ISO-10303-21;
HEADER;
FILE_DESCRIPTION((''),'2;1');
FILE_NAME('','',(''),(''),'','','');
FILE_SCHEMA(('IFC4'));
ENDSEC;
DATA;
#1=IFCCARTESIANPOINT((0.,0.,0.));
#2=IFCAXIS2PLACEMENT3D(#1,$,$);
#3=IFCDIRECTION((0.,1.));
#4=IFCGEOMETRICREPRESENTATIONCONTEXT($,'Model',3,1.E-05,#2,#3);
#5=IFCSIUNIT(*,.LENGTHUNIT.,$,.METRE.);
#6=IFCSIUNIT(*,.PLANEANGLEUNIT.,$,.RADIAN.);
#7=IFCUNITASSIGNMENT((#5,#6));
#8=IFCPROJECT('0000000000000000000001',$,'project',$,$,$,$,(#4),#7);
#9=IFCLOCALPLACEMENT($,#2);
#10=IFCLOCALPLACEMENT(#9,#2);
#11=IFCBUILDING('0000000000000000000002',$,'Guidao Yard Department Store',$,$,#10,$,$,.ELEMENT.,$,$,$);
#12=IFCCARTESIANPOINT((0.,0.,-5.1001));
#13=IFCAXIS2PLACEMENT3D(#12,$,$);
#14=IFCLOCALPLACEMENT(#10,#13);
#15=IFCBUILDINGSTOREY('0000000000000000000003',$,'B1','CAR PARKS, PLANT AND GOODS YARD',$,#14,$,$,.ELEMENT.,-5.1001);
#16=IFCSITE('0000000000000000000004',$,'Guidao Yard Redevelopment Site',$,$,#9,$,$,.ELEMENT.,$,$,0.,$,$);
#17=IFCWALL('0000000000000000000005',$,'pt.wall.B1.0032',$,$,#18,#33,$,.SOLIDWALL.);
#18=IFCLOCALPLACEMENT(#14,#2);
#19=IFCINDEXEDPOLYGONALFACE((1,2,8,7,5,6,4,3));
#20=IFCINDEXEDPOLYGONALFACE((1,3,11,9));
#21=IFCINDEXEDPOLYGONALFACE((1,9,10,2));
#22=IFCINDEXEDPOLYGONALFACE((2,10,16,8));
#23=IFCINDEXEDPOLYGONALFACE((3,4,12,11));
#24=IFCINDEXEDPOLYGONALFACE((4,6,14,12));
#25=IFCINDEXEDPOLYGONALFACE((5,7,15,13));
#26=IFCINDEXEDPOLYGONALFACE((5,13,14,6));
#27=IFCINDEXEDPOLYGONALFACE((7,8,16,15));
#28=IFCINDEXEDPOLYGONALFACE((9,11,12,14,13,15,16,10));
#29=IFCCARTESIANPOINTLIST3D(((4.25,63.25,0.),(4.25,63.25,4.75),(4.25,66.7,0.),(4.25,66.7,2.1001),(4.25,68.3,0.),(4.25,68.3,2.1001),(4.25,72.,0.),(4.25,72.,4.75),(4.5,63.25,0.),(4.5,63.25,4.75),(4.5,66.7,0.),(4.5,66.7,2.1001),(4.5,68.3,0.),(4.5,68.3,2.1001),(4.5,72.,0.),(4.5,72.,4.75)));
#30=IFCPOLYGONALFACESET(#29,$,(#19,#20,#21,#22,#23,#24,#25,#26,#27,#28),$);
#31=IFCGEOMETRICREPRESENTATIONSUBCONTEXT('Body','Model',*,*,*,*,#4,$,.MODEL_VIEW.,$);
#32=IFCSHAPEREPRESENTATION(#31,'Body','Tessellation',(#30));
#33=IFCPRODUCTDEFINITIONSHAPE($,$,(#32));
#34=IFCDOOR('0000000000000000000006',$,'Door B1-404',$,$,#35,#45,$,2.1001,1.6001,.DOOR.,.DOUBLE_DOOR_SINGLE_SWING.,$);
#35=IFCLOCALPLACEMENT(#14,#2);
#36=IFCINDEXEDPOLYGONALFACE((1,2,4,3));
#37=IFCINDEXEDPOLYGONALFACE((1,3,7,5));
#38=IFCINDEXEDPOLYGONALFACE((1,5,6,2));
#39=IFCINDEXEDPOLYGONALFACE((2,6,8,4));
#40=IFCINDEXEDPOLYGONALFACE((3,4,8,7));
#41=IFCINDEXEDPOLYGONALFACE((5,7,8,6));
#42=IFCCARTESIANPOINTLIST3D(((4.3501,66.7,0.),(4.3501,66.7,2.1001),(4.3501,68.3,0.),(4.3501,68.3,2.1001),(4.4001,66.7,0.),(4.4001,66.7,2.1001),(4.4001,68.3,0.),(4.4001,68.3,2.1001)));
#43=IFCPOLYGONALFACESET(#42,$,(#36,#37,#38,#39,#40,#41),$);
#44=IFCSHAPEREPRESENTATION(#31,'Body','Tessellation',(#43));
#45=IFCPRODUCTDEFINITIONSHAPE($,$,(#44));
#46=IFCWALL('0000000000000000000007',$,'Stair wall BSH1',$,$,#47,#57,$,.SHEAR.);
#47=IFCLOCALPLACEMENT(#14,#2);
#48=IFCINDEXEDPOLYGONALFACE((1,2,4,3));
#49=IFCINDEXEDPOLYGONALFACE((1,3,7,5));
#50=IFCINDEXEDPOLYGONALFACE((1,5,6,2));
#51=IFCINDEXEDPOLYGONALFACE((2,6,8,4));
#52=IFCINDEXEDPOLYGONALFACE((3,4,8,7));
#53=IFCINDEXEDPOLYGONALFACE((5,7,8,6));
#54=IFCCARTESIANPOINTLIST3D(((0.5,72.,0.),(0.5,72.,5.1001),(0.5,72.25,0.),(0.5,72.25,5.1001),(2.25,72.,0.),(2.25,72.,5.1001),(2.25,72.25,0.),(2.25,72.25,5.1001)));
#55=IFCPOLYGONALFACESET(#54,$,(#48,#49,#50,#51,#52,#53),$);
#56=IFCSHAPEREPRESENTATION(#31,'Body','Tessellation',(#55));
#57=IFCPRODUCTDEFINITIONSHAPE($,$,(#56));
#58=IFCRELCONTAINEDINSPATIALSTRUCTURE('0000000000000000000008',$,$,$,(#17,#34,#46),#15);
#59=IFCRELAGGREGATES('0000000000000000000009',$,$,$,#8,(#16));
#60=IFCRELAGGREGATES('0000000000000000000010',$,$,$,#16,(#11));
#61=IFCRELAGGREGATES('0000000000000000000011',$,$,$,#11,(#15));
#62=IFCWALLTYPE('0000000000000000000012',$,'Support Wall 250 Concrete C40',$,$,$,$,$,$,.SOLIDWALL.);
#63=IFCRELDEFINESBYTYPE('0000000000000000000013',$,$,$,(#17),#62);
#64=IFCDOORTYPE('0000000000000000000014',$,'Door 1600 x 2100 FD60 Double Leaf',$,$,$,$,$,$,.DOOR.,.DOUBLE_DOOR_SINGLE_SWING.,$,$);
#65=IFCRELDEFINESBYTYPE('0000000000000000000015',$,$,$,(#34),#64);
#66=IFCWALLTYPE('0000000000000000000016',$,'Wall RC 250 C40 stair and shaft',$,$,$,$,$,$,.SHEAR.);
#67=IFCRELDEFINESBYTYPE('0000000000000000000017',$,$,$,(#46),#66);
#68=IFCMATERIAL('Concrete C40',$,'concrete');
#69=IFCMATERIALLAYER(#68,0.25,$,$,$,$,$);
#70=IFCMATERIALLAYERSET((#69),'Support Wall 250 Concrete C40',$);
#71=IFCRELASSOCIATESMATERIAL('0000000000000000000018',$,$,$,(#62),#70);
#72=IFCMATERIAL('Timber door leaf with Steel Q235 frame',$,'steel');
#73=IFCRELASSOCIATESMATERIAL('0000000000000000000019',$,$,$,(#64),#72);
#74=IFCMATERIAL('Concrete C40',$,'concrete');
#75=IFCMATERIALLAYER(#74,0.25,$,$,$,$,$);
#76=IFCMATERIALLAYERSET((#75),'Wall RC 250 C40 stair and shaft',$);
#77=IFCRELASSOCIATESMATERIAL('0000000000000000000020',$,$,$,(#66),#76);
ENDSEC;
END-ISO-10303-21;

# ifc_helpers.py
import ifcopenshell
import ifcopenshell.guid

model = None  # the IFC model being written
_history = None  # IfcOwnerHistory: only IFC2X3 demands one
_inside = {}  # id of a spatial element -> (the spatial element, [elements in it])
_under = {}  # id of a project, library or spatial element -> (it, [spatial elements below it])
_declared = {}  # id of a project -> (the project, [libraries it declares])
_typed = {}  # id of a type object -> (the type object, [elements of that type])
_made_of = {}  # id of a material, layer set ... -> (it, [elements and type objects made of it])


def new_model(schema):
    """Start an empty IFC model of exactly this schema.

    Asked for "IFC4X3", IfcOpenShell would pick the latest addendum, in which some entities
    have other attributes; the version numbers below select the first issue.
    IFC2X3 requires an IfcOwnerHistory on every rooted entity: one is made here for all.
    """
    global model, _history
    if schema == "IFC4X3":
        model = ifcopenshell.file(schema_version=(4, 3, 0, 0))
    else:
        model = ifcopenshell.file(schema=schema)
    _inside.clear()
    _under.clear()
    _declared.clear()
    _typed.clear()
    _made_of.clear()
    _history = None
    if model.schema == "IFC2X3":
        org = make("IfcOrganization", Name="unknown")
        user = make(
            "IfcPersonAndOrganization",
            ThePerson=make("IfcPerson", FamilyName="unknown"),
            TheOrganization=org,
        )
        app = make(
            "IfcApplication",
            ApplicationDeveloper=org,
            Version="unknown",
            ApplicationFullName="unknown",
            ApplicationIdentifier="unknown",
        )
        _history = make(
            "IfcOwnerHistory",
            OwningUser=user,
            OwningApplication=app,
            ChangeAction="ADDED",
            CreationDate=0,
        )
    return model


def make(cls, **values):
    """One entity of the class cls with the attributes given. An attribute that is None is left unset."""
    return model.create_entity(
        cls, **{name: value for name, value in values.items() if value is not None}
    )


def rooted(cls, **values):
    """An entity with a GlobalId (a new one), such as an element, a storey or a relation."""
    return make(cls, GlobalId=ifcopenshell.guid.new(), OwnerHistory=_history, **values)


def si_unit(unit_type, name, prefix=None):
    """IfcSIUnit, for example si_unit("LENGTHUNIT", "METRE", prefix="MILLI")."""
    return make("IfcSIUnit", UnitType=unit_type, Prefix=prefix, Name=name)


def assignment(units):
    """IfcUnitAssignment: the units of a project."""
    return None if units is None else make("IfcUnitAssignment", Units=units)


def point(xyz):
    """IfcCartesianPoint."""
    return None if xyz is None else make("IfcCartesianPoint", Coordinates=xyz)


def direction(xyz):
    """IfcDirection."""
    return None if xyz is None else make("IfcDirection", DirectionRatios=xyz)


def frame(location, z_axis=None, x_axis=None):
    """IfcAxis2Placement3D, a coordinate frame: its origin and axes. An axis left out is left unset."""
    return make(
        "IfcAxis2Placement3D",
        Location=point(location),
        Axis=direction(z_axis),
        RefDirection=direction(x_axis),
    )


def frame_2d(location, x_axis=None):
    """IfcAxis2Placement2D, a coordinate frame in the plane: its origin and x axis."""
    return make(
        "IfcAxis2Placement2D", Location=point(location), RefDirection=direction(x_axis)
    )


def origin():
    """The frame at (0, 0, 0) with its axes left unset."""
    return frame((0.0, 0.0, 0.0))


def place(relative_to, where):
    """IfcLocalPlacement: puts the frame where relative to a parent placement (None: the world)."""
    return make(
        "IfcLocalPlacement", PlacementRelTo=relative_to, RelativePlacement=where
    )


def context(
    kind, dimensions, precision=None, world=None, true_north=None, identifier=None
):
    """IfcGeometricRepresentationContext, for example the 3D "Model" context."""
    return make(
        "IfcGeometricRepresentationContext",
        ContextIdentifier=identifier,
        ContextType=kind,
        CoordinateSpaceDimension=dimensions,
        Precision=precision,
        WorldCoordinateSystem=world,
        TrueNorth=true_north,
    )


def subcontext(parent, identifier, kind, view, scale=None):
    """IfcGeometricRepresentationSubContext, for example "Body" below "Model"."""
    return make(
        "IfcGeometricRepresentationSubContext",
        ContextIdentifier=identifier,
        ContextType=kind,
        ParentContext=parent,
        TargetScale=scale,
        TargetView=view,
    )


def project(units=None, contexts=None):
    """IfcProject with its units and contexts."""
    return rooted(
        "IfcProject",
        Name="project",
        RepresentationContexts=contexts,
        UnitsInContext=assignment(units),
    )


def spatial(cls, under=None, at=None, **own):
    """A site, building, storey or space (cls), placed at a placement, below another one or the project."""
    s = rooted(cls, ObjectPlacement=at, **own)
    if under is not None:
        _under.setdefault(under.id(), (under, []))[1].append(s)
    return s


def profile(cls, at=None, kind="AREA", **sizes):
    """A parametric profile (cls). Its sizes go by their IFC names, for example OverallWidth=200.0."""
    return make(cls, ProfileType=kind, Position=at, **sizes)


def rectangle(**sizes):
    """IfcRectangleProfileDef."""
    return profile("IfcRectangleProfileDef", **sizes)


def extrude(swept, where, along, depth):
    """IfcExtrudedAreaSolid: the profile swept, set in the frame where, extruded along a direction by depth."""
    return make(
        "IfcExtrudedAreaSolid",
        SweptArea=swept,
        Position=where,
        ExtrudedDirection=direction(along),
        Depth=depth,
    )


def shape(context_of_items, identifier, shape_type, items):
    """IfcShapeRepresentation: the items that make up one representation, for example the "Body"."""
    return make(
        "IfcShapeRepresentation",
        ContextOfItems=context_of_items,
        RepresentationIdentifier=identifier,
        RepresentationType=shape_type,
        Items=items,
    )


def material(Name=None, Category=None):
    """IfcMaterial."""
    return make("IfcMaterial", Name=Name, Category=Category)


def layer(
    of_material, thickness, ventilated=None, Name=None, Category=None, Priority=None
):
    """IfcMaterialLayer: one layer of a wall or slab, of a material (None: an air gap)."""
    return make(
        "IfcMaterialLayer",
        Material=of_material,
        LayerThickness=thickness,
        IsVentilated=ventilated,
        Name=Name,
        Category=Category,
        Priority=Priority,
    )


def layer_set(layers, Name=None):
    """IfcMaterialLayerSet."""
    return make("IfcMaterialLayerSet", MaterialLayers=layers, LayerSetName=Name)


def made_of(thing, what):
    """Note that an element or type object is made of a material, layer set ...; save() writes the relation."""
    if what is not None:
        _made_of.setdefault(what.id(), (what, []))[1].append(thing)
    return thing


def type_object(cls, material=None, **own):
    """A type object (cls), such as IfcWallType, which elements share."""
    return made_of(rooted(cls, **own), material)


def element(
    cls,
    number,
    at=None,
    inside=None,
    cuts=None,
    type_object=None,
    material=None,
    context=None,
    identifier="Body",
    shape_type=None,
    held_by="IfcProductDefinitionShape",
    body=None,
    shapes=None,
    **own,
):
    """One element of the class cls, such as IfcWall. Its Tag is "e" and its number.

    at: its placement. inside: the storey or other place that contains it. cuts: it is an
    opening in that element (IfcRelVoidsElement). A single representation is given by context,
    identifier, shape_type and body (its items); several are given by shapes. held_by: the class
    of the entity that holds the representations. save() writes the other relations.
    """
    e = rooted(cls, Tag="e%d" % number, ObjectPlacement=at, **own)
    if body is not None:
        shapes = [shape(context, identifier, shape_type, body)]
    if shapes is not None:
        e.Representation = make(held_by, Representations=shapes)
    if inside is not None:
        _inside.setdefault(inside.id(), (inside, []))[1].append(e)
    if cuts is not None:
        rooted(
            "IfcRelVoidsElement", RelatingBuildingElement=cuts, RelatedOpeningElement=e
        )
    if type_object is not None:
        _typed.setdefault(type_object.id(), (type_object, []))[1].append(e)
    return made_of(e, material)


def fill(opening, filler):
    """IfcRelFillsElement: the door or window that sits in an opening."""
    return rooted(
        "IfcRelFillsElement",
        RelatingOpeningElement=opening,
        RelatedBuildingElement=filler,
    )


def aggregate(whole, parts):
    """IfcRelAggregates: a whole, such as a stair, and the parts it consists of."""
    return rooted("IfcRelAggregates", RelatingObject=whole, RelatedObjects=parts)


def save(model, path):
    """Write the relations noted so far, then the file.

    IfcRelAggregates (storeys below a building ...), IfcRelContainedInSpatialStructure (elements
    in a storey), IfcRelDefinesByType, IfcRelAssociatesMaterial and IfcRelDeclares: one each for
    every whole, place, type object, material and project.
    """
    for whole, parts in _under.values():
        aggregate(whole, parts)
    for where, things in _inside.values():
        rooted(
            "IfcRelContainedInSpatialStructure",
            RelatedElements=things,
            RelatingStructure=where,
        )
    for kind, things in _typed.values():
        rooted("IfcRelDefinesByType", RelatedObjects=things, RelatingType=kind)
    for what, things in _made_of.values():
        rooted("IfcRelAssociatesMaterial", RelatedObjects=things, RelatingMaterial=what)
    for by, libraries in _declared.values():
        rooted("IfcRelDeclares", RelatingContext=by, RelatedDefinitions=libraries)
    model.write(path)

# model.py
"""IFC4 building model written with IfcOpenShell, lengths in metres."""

from ifc_helpers import new_model, si_unit, direction, frame, frame_2d, origin, place, context, subcontext, project, spatial, rectangle, extrude, material, layer, layer_set, type_object, element, fill, save


model = new_model("IFC4")

# Units and contexts
model_context = context("Model", 3, precision=1e-05, world=origin(), true_north=direction((0.0, 1.0)))
body_context = subcontext(model_context, "Body", "Model", "MODEL_VIEW")
ifc_project = project(units=[si_unit("LENGTHUNIT", "METRE"), si_unit("PLANEANGLEUNIT", "RADIAN")], contexts=[model_context])

# Site, building, storey
site_placement = place(None, origin())
site = spatial("IfcSite", under=ifc_project, at=site_placement, Name="Guidao Yard Redevelopment Site", CompositionType="ELEMENT", RefElevation=0.0)
building_placement = place(site_placement, origin())
building = spatial("IfcBuilding", under=site, at=building_placement, Name="Guidao Yard Department Store", CompositionType="ELEMENT")
storey_placement = place(building_placement, frame((0.0, 0.0, -5.1001)))
storey = spatial("IfcBuildingStorey", under=building, at=storey_placement, Name="B1", Description="CAR PARKS, PLANT AND GOODS YARD", CompositionType="ELEMENT", Elevation=-5.1001)

# Shared definitions
ifc_material_1 = material(Name="Concrete C40", Category="concrete")
ifc_layer_1 = layer(ifc_material_1, 0.25)
ifc_layer_set_1 = layer_set([ifc_layer_1], Name="Support Wall 250 Concrete C40")
wall_type_1 = type_object("IfcWallType", Name="Support Wall 250 Concrete C40", PredefinedType="SOLIDWALL", material=ifc_layer_set_1)

# Wall, opening, door
wall_1_placement = place(storey_placement, frame((4.375, 63.25, 0.0), z_axis=(0.0, 0.0, 1.0), x_axis=(0.0, 1.0, 0.0)))
wall_1 = element("IfcWall", 1, at=wall_1_placement, inside=storey, type_object=wall_type_1, Name="pt.wall.B1.0032", PredefinedType="SOLIDWALL", context=body_context, shape_type="SweptSolid", body=[
    extrude(rectangle(XDim=8.75, YDim=0.25, at=frame_2d((4.375, 0.0))), origin(), (0.0, 0.0, 1.0), 4.75),
])
opening_1_placement = place(wall_1_placement, frame((3.45, 0.0, 0.0)))
opening_1 = element("IfcOpeningElement", 2, at=opening_1_placement, cuts=wall_1, PredefinedType="OPENING", context=body_context, shape_type="SweptSolid", body=[
    extrude(rectangle(XDim=1.6001, YDim=2.1001, at=frame_2d((0.8, 1.05))), frame((0.0, 0.135, 0.0), z_axis=(0.0, -1.0, 0.0), x_axis=(1.0, 0.0, 0.0)), (0.0, 0.0, 1.0), 0.27),
])
ifc_material_2 = material(Name="Timber door leaf with Steel Q235 frame", Category="steel")
door_type_1 = type_object("IfcDoorType", Name="Door 1600 x 2100 FD60 Double Leaf", OperationType="DOUBLE_DOOR_SINGLE_SWING", PredefinedType="DOOR", material=ifc_material_2)
door_1_placement = place(opening_1_placement, origin())
door_1 = element("IfcDoor", 3, at=door_1_placement, inside=storey, type_object=door_type_1, Name="Door B1-404", OperationType="DOUBLE_DOOR_SINGLE_SWING", OverallHeight=2.1001, OverallWidth=1.6001, PredefinedType="DOOR", context=body_context, shape_type="SweptSolid", body=[
    extrude(rectangle(XDim=1.6001, YDim=2.1001, at=frame_2d((0.8, 1.05))), frame((0.0, 0.0249, 0.0), z_axis=(0.0, -1.0, 0.0), x_axis=(1.0, 0.0, 0.0)), (0.0, 0.0, 1.0), 0.05),
])
fill(opening_1, door_1)

# Wall
ifc_material_3 = material(Name="Concrete C40", Category="concrete")
ifc_layer_2 = layer(ifc_material_3, 0.25)
ifc_layer_set_2 = layer_set([ifc_layer_2], Name="Wall RC 250 C40 stair and shaft")
wall_type_2 = type_object("IfcWallType", Name="Wall RC 250 C40 stair and shaft", PredefinedType="SHEAR", material=ifc_layer_set_2)
wall_2_placement = place(storey_placement, frame((0.5, 72.125, 0.0), z_axis=(0.0, 0.0, 1.0), x_axis=(1.0, 0.0, 0.0)))
element("IfcWall", 4, at=wall_2_placement, inside=storey, type_object=wall_type_2, Name="Stair wall BSH1", PredefinedType="SHEAR", context=body_context, shape_type="SweptSolid", body=[
    extrude(rectangle(XDim=1.75, YDim=0.25, at=frame_2d((0.875, 0.0))), origin(), (0.0, 0.0, 1.0), 5.1001),
])

save(model, "model.ifc")
